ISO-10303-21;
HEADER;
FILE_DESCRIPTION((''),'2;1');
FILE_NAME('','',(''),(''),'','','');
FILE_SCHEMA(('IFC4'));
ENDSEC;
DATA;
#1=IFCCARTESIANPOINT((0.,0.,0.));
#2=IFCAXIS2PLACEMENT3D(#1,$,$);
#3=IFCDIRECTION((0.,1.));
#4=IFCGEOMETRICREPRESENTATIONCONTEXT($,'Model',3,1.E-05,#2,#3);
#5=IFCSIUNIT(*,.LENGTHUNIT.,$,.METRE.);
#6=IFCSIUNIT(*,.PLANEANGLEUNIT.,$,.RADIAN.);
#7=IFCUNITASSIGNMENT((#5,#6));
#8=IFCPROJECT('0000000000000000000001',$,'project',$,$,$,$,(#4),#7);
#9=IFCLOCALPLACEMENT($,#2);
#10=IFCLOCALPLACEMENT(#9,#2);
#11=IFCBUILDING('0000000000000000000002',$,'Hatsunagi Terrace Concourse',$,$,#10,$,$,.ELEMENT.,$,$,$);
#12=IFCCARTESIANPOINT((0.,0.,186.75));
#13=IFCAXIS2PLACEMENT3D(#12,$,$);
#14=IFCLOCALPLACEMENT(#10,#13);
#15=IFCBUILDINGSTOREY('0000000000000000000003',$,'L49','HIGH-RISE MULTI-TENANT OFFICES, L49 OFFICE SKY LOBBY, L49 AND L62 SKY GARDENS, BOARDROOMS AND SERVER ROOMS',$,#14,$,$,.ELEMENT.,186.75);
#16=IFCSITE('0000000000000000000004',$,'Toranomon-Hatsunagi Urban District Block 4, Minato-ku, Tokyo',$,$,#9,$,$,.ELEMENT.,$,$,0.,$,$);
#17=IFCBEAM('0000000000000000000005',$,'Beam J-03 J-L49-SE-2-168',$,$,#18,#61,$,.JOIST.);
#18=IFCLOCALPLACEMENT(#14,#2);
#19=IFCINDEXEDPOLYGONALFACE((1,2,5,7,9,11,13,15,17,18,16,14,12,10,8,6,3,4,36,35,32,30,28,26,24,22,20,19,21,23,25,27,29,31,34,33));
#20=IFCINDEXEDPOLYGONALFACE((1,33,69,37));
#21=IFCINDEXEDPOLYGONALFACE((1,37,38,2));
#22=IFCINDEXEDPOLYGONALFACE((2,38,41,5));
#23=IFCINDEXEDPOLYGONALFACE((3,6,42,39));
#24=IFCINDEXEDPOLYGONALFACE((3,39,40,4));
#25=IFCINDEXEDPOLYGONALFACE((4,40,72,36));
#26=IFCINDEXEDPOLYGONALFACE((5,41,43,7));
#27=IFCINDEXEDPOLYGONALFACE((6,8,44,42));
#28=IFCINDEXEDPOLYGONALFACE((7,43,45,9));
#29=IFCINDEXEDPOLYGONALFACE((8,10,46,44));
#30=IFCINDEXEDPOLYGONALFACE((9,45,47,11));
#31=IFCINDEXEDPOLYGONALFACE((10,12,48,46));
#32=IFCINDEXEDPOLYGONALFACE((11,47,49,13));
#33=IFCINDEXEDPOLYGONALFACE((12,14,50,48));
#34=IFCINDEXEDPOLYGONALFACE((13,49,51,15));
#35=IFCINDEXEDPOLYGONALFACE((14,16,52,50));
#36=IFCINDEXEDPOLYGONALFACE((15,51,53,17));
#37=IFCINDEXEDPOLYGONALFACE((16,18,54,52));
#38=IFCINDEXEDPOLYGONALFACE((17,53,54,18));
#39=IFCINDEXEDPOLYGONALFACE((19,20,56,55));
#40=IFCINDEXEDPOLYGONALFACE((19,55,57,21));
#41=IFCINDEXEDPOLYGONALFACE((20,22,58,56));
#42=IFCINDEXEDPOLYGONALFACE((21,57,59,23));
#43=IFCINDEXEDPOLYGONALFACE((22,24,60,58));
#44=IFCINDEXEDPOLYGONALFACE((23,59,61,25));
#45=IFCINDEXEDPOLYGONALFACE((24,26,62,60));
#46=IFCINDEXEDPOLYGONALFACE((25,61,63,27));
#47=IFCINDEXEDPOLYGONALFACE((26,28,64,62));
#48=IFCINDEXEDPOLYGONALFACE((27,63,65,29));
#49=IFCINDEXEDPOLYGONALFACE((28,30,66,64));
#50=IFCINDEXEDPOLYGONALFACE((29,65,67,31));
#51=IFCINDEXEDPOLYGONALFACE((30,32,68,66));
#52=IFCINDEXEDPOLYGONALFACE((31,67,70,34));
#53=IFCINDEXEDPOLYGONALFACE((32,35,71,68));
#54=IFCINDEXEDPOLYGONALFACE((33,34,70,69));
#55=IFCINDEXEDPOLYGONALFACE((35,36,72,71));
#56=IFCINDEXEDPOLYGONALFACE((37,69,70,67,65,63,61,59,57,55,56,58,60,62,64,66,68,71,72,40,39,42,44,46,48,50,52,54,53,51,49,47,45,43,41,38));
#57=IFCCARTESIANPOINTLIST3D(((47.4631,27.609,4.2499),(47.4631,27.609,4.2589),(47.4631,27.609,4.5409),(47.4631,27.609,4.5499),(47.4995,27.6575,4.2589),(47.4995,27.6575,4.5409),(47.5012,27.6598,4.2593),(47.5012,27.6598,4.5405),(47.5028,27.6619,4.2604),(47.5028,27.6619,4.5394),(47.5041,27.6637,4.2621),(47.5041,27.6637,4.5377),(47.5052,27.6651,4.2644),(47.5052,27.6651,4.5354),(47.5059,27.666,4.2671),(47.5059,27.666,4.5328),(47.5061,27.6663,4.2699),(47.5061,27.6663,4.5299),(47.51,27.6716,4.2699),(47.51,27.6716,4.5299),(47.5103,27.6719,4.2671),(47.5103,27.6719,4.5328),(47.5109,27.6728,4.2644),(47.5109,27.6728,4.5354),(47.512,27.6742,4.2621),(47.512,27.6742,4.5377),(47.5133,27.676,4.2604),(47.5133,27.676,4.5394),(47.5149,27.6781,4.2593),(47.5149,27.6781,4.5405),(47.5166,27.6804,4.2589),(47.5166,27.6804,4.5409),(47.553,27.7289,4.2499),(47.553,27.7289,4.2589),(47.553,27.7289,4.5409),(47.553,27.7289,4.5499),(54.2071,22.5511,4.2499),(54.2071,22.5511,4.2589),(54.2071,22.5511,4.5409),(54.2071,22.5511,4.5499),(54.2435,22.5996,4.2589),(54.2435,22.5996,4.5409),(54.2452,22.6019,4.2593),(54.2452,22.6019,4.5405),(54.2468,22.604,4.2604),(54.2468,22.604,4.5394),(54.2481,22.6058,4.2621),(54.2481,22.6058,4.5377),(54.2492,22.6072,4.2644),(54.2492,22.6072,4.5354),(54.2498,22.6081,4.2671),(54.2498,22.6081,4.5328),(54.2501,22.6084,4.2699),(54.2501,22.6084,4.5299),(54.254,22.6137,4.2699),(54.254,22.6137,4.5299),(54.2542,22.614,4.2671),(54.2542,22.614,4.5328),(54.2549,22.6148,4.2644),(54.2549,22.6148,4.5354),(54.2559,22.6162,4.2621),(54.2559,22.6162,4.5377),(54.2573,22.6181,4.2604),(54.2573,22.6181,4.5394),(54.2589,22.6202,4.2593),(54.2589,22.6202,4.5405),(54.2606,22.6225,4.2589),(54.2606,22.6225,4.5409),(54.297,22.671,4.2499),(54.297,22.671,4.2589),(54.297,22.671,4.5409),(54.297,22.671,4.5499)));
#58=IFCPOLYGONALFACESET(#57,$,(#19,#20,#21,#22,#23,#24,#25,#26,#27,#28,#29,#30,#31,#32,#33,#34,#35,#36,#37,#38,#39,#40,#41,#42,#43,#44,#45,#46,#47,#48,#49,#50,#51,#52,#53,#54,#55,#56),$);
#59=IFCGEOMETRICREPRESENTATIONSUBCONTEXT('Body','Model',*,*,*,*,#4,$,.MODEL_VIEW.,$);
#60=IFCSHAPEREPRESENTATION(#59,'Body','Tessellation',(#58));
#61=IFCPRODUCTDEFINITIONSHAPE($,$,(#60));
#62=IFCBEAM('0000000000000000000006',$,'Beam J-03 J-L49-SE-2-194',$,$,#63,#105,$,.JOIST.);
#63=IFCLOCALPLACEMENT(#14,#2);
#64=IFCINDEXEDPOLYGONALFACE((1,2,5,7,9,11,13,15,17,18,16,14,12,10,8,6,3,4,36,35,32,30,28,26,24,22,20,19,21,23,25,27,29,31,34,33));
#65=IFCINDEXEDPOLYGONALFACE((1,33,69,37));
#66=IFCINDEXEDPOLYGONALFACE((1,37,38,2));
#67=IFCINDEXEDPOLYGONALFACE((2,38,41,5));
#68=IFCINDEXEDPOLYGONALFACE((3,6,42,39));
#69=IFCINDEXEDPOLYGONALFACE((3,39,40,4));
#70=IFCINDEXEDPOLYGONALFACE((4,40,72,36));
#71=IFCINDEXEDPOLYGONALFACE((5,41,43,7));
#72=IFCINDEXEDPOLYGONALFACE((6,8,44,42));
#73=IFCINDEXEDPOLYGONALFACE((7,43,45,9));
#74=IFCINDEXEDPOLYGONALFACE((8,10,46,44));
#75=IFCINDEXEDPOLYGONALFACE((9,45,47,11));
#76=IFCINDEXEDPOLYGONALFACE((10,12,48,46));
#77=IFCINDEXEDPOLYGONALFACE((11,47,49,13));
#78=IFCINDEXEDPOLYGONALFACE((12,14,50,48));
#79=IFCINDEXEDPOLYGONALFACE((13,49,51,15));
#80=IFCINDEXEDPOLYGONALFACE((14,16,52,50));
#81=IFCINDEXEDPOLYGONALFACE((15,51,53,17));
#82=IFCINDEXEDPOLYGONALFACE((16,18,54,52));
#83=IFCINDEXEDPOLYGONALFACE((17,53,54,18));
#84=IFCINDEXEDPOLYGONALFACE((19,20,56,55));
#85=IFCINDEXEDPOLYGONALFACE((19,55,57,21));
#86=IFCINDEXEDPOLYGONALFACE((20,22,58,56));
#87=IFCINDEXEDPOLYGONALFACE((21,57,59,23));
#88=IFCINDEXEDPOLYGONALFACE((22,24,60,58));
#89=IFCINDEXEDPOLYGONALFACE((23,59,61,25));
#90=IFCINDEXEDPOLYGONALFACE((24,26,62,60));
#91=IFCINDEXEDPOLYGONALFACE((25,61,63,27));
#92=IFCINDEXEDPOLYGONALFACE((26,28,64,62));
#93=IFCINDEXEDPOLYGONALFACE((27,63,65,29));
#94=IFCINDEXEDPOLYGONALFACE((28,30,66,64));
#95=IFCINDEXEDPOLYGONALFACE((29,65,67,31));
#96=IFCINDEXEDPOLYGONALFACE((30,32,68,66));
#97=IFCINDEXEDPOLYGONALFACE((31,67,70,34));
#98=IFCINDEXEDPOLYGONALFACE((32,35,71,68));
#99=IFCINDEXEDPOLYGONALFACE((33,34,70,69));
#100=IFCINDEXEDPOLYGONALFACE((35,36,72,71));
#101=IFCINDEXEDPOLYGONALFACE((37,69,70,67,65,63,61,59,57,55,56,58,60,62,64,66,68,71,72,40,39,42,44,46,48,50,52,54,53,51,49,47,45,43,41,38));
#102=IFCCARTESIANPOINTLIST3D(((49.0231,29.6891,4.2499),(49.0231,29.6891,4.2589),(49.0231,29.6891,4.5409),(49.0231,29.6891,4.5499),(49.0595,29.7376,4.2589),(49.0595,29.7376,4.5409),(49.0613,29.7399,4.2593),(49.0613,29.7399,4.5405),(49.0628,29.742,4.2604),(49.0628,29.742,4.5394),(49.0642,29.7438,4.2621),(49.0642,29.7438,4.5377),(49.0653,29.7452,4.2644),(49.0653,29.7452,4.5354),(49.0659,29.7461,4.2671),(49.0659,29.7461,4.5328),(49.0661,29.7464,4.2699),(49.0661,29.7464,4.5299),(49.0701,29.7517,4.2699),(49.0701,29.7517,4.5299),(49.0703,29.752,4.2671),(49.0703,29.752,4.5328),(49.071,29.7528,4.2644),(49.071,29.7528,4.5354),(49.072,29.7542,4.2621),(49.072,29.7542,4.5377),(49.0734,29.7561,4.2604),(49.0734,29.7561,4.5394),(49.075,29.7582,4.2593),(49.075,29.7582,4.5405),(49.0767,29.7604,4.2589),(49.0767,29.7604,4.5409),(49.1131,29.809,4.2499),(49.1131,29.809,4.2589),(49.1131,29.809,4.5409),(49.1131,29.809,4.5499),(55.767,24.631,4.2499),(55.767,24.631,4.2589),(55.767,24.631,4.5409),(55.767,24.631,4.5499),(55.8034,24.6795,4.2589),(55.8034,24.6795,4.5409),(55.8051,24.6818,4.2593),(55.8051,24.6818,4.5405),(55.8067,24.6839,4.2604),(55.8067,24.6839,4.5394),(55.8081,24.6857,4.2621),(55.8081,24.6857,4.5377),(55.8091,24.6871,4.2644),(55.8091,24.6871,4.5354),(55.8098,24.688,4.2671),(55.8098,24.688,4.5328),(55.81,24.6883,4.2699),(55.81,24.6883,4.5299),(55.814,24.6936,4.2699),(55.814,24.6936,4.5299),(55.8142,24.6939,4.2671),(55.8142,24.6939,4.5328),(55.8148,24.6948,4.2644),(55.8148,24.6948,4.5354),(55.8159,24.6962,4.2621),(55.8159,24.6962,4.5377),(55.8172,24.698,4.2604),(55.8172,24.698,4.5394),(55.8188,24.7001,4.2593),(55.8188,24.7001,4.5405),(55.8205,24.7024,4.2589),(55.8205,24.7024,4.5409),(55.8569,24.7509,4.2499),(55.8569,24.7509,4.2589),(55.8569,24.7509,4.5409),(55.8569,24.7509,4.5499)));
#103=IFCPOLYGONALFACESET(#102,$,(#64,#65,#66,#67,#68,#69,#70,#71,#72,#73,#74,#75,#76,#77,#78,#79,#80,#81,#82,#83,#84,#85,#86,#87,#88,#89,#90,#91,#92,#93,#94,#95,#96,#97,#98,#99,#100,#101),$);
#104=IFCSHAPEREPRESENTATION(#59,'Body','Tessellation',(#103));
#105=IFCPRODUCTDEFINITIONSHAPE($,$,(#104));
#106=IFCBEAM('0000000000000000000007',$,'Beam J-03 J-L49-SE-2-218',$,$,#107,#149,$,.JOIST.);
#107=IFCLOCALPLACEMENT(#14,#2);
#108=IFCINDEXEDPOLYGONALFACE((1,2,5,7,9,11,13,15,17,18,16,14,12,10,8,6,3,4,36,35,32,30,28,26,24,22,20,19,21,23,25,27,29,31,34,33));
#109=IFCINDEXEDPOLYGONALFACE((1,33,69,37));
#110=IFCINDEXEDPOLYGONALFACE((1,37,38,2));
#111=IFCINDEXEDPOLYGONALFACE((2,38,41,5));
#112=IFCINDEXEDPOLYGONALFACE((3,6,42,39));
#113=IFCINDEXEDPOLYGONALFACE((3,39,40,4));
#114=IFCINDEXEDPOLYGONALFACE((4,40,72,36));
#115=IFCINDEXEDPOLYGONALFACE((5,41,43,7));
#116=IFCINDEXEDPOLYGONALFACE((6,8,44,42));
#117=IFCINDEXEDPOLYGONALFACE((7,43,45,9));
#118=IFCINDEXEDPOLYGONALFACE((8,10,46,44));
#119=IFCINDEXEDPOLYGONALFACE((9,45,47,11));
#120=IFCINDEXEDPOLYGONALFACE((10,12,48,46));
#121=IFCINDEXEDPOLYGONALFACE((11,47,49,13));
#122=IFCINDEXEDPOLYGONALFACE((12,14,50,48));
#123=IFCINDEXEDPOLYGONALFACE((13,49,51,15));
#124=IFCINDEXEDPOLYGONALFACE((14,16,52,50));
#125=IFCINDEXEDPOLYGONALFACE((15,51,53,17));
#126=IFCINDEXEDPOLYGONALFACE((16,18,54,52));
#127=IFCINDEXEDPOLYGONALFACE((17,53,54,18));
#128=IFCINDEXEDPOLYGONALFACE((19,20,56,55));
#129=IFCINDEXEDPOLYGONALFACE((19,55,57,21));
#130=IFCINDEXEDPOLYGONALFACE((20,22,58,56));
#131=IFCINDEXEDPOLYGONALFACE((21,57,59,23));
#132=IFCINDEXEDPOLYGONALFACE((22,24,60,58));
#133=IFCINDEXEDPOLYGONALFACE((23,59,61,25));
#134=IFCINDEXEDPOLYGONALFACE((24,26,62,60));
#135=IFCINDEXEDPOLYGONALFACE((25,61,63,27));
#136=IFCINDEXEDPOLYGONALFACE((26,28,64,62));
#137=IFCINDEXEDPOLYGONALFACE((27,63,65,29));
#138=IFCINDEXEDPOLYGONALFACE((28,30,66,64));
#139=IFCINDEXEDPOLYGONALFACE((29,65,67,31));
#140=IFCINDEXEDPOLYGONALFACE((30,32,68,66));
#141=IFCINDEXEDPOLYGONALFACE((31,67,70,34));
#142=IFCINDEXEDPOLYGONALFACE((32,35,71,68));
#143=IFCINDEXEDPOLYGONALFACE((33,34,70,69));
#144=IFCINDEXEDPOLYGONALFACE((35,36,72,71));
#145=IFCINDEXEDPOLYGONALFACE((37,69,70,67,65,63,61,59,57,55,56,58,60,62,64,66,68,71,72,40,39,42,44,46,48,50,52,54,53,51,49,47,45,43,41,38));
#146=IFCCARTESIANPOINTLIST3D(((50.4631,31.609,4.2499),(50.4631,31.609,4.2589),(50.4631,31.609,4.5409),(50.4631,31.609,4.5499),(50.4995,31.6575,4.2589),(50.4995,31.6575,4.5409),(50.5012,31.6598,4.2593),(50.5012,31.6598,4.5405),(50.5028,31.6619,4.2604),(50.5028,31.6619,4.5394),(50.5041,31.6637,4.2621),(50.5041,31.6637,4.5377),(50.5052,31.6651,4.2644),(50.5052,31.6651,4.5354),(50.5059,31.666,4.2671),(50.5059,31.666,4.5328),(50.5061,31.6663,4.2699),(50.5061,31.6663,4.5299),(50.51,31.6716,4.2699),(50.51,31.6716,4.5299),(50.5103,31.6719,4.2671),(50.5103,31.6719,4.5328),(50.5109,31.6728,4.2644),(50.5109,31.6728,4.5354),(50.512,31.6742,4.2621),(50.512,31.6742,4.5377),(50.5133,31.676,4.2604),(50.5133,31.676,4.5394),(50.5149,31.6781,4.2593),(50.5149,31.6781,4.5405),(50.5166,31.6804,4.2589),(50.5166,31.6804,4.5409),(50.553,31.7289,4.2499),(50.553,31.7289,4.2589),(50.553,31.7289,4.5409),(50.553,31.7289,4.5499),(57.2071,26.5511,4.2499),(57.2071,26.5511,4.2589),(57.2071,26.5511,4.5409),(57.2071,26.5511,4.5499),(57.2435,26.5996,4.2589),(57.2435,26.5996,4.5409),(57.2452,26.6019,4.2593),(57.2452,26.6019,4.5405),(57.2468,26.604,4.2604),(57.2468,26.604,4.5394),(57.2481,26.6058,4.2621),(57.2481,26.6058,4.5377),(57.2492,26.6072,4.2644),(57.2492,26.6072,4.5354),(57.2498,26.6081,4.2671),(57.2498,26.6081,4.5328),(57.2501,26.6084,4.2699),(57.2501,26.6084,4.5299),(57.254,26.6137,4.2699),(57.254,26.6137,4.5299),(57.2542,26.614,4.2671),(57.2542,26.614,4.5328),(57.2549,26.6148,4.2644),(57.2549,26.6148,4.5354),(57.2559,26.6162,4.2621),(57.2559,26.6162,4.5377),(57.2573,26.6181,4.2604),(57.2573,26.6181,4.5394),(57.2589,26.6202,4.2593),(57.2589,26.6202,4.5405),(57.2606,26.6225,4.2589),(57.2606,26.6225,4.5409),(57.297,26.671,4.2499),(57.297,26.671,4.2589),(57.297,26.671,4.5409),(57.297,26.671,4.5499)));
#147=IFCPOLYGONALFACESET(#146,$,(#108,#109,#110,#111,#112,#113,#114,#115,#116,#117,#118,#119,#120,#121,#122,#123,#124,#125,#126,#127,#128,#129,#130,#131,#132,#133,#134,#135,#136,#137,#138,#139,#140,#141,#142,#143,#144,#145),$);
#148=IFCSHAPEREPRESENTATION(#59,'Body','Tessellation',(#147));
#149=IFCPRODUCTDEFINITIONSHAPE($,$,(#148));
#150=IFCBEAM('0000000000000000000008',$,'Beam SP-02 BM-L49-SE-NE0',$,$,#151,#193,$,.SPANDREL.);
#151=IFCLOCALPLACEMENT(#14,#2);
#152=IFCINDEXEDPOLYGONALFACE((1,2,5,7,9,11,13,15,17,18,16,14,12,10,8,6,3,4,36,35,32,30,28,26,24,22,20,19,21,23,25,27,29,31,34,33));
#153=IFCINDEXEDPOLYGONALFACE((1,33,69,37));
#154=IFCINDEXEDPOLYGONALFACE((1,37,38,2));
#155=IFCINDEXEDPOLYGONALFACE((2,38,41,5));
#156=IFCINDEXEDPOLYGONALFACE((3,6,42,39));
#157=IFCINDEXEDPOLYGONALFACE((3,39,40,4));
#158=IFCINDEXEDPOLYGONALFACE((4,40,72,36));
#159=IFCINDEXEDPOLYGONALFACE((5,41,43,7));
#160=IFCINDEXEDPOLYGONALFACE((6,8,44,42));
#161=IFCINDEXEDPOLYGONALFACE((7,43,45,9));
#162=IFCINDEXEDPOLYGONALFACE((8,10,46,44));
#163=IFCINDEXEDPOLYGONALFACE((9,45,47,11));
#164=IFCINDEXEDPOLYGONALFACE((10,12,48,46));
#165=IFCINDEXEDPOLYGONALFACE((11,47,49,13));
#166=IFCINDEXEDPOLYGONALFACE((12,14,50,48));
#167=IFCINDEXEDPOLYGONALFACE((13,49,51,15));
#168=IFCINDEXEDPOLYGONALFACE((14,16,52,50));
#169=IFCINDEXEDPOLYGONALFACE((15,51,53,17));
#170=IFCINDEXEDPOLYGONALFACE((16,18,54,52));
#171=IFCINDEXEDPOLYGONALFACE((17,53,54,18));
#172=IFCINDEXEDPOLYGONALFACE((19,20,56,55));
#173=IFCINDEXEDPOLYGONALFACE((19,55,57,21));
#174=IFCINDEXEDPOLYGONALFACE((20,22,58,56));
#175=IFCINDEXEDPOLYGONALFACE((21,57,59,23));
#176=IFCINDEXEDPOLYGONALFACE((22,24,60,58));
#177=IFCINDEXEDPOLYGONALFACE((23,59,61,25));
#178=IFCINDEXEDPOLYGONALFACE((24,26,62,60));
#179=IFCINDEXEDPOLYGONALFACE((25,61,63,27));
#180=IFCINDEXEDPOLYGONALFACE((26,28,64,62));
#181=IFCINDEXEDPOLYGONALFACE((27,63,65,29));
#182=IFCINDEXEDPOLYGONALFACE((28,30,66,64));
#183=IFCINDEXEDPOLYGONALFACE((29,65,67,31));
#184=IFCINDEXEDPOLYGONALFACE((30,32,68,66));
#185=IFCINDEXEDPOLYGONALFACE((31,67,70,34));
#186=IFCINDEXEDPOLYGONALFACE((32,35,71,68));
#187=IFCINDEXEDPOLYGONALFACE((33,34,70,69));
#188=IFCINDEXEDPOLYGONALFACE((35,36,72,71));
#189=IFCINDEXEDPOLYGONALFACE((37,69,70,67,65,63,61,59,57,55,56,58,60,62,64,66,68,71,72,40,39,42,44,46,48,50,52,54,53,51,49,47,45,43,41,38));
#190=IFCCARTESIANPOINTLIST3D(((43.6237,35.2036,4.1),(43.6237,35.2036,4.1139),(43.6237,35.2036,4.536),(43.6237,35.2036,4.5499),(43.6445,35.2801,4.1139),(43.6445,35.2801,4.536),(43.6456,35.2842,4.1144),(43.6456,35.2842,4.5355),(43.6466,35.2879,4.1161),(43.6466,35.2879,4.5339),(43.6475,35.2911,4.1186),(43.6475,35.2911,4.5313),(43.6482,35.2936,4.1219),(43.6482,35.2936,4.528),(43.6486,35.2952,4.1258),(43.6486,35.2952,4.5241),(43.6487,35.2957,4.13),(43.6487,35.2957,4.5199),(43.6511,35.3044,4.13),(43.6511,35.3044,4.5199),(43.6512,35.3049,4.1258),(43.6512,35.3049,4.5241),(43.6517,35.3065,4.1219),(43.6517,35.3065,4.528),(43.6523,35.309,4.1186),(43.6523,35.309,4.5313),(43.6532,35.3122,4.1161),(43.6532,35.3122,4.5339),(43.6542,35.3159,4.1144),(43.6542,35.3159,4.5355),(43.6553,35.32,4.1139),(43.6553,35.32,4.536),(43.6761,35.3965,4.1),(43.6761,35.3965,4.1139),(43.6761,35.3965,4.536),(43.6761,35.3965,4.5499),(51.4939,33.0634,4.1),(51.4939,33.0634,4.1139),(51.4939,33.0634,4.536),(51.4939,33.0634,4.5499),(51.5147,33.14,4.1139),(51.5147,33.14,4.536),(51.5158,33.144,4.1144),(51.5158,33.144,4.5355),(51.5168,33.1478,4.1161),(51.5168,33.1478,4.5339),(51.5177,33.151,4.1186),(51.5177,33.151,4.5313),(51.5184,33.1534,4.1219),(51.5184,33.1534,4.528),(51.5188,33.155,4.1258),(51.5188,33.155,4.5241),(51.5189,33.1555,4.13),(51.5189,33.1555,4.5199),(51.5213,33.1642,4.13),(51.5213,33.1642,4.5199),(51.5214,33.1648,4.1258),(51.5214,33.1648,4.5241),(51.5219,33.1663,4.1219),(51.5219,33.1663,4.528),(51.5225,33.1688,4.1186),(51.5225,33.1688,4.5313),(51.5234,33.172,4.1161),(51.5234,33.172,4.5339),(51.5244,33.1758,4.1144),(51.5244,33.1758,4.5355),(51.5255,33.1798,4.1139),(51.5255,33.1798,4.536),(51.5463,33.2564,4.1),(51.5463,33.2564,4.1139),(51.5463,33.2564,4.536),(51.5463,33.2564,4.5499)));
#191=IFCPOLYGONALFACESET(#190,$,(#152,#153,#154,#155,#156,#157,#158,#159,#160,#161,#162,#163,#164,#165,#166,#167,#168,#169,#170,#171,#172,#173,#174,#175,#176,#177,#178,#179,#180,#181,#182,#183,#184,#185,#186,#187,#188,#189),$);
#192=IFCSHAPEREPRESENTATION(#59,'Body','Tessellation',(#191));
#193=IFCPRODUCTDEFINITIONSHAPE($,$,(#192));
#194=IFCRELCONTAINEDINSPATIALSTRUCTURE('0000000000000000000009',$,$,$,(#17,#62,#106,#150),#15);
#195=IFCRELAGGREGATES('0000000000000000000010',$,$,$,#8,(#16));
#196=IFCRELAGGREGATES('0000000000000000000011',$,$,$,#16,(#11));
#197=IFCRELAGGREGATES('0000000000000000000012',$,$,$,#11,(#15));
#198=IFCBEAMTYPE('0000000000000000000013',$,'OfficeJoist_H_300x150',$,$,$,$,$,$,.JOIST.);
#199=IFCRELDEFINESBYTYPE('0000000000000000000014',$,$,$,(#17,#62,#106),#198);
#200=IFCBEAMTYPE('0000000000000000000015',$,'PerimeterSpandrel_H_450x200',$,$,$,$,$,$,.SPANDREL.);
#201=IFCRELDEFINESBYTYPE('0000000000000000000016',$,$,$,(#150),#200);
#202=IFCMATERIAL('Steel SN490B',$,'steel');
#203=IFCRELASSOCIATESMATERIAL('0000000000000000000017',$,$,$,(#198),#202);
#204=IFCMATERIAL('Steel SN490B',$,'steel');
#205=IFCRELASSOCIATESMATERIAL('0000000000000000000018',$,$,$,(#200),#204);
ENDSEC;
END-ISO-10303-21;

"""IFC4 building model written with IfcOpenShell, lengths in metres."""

from ifc_helpers import new_model, si_unit, direction, frame, origin, origin_2d, place, context, subcontext, project, spatial, i_section, extrude, material, material_profile, profile_set, type_object, element, save


model = new_model("IFC4")

# Units and contexts
model_context = context("Model", 3, precision=1e-05, world=origin(), true_north=direction((0.0, 1.0)))
body_context = subcontext(model_context, "Body", "Model", "MODEL_VIEW")
ifc_project = project(units=[si_unit("LENGTHUNIT", "METRE"), si_unit("PLANEANGLEUNIT", "RADIAN")], contexts=[model_context])

# Site, building, storey
site_placement = place(None, origin())
site = spatial("IfcSite", under=ifc_project, at=site_placement, Name="Toranomon-Hatsunagi Urban District Block 4, Minato-ku, Tokyo", CompositionType="ELEMENT", RefElevation=0.0)
building_placement = place(site_placement, origin())
building = spatial("IfcBuilding", under=site, at=building_placement, Name="Hatsunagi Terrace Concourse", CompositionType="ELEMENT")
storey_placement = place(building_placement, frame((0.0, 0.0, 186.75)))
storey = spatial("IfcBuildingStorey", under=building, at=storey_placement, Name="L49", Description="HIGH-RISE MULTI-TENANT OFFICES, L49 OFFICE SKY LOBBY, L49 AND L62 SKY GARDENS, BOARDROOMS AND SERVER ROOMS", CompositionType="ELEMENT", Elevation=186.75)

# Beams
ifc_material_1 = material(Name="Steel SN490B", Category="steel")
ifc_material_profile_1 = material_profile(ifc_material_1, i_section(OverallWidth=0.1499, OverallDepth=0.3, WebThickness=0.0066, FlangeThickness=0.009, FilletRadius=0.011, at=origin_2d()), Name="H-300x150x6.5x9")
ifc_profile_set_1 = profile_set([ifc_material_profile_1], Name="Steel SN490B")
beam_type_1 = type_object("IfcBeamType", Name="OfficeJoist_H_300x150", PredefinedType="JOIST", material=ifc_profile_set_1)
for number, where, z_axis, x_axis, name in (
    (1, (47.5081, 27.6689, 4.3999), (0.800003, -0.599995, 0.0), (0.599995, 0.800003, 0.0), "Beam J-03 J-L49-SE-2-168"),
    (2, (49.0681, 29.749, 4.3999), (0.79999, -0.600014, 0.0), (0.600014, 0.79999, 0.0), "Beam J-03 J-L49-SE-2-194"),
    (3, (50.5081, 31.6689, 4.3999), (0.800003, -0.599995, 0.0), (0.599995, 0.800003, 0.0), "Beam J-03 J-L49-SE-2-218"),
):
    element("IfcBeam", number, at=place(storey_placement, frame(where, z_axis=z_axis, x_axis=x_axis)), inside=storey, type_object=beam_type_1, Name=name, PredefinedType="JOIST", context=body_context, shape_type="SweptSolid", body=[
        extrude(i_section(OverallWidth=0.1499, OverallDepth=0.3, WebThickness=0.0066, FlangeThickness=0.009, FilletRadius=0.011, at=origin_2d()), origin(), (0.0, 0.0, 1.0), 8.4299),
    ])
ifc_material_2 = material(Name="Steel SN490B", Category="steel")
ifc_material_profile_2 = material_profile(ifc_material_2, i_section(OverallWidth=0.2, OverallDepth=0.45, WebThickness=0.009, FlangeThickness=0.0139, FilletRadius=0.0161, at=origin_2d()), Name="H-450x200x9x14")
ifc_profile_set_2 = profile_set([ifc_material_profile_2], Name="Steel SN490B")
beam_type_2 = type_object("IfcBeamType", Name="PerimeterSpandrel_H_450x200", PredefinedType="SPANDREL", material=ifc_profile_set_2)
beam_1_placement = place(storey_placement, frame((43.6499, 35.3, 4.325), z_axis=(0.964958, -0.262403, 0.0), x_axis=(0.262403, 0.964958, 0.0)))
element("IfcBeam", 4, at=beam_1_placement, inside=storey, type_object=beam_type_2, Name="Beam SP-02 BM-L49-SE-NE0", PredefinedType="SPANDREL", context=body_context, shape_type="SweptSolid", body=[
    extrude(i_section(OverallWidth=0.2, OverallDepth=0.45, WebThickness=0.009, FlangeThickness=0.0139, FilletRadius=0.0161, at=origin_2d()), origin(), (0.0, 0.0, 1.0), 8.156),
])

save(model, "model.ifc")
